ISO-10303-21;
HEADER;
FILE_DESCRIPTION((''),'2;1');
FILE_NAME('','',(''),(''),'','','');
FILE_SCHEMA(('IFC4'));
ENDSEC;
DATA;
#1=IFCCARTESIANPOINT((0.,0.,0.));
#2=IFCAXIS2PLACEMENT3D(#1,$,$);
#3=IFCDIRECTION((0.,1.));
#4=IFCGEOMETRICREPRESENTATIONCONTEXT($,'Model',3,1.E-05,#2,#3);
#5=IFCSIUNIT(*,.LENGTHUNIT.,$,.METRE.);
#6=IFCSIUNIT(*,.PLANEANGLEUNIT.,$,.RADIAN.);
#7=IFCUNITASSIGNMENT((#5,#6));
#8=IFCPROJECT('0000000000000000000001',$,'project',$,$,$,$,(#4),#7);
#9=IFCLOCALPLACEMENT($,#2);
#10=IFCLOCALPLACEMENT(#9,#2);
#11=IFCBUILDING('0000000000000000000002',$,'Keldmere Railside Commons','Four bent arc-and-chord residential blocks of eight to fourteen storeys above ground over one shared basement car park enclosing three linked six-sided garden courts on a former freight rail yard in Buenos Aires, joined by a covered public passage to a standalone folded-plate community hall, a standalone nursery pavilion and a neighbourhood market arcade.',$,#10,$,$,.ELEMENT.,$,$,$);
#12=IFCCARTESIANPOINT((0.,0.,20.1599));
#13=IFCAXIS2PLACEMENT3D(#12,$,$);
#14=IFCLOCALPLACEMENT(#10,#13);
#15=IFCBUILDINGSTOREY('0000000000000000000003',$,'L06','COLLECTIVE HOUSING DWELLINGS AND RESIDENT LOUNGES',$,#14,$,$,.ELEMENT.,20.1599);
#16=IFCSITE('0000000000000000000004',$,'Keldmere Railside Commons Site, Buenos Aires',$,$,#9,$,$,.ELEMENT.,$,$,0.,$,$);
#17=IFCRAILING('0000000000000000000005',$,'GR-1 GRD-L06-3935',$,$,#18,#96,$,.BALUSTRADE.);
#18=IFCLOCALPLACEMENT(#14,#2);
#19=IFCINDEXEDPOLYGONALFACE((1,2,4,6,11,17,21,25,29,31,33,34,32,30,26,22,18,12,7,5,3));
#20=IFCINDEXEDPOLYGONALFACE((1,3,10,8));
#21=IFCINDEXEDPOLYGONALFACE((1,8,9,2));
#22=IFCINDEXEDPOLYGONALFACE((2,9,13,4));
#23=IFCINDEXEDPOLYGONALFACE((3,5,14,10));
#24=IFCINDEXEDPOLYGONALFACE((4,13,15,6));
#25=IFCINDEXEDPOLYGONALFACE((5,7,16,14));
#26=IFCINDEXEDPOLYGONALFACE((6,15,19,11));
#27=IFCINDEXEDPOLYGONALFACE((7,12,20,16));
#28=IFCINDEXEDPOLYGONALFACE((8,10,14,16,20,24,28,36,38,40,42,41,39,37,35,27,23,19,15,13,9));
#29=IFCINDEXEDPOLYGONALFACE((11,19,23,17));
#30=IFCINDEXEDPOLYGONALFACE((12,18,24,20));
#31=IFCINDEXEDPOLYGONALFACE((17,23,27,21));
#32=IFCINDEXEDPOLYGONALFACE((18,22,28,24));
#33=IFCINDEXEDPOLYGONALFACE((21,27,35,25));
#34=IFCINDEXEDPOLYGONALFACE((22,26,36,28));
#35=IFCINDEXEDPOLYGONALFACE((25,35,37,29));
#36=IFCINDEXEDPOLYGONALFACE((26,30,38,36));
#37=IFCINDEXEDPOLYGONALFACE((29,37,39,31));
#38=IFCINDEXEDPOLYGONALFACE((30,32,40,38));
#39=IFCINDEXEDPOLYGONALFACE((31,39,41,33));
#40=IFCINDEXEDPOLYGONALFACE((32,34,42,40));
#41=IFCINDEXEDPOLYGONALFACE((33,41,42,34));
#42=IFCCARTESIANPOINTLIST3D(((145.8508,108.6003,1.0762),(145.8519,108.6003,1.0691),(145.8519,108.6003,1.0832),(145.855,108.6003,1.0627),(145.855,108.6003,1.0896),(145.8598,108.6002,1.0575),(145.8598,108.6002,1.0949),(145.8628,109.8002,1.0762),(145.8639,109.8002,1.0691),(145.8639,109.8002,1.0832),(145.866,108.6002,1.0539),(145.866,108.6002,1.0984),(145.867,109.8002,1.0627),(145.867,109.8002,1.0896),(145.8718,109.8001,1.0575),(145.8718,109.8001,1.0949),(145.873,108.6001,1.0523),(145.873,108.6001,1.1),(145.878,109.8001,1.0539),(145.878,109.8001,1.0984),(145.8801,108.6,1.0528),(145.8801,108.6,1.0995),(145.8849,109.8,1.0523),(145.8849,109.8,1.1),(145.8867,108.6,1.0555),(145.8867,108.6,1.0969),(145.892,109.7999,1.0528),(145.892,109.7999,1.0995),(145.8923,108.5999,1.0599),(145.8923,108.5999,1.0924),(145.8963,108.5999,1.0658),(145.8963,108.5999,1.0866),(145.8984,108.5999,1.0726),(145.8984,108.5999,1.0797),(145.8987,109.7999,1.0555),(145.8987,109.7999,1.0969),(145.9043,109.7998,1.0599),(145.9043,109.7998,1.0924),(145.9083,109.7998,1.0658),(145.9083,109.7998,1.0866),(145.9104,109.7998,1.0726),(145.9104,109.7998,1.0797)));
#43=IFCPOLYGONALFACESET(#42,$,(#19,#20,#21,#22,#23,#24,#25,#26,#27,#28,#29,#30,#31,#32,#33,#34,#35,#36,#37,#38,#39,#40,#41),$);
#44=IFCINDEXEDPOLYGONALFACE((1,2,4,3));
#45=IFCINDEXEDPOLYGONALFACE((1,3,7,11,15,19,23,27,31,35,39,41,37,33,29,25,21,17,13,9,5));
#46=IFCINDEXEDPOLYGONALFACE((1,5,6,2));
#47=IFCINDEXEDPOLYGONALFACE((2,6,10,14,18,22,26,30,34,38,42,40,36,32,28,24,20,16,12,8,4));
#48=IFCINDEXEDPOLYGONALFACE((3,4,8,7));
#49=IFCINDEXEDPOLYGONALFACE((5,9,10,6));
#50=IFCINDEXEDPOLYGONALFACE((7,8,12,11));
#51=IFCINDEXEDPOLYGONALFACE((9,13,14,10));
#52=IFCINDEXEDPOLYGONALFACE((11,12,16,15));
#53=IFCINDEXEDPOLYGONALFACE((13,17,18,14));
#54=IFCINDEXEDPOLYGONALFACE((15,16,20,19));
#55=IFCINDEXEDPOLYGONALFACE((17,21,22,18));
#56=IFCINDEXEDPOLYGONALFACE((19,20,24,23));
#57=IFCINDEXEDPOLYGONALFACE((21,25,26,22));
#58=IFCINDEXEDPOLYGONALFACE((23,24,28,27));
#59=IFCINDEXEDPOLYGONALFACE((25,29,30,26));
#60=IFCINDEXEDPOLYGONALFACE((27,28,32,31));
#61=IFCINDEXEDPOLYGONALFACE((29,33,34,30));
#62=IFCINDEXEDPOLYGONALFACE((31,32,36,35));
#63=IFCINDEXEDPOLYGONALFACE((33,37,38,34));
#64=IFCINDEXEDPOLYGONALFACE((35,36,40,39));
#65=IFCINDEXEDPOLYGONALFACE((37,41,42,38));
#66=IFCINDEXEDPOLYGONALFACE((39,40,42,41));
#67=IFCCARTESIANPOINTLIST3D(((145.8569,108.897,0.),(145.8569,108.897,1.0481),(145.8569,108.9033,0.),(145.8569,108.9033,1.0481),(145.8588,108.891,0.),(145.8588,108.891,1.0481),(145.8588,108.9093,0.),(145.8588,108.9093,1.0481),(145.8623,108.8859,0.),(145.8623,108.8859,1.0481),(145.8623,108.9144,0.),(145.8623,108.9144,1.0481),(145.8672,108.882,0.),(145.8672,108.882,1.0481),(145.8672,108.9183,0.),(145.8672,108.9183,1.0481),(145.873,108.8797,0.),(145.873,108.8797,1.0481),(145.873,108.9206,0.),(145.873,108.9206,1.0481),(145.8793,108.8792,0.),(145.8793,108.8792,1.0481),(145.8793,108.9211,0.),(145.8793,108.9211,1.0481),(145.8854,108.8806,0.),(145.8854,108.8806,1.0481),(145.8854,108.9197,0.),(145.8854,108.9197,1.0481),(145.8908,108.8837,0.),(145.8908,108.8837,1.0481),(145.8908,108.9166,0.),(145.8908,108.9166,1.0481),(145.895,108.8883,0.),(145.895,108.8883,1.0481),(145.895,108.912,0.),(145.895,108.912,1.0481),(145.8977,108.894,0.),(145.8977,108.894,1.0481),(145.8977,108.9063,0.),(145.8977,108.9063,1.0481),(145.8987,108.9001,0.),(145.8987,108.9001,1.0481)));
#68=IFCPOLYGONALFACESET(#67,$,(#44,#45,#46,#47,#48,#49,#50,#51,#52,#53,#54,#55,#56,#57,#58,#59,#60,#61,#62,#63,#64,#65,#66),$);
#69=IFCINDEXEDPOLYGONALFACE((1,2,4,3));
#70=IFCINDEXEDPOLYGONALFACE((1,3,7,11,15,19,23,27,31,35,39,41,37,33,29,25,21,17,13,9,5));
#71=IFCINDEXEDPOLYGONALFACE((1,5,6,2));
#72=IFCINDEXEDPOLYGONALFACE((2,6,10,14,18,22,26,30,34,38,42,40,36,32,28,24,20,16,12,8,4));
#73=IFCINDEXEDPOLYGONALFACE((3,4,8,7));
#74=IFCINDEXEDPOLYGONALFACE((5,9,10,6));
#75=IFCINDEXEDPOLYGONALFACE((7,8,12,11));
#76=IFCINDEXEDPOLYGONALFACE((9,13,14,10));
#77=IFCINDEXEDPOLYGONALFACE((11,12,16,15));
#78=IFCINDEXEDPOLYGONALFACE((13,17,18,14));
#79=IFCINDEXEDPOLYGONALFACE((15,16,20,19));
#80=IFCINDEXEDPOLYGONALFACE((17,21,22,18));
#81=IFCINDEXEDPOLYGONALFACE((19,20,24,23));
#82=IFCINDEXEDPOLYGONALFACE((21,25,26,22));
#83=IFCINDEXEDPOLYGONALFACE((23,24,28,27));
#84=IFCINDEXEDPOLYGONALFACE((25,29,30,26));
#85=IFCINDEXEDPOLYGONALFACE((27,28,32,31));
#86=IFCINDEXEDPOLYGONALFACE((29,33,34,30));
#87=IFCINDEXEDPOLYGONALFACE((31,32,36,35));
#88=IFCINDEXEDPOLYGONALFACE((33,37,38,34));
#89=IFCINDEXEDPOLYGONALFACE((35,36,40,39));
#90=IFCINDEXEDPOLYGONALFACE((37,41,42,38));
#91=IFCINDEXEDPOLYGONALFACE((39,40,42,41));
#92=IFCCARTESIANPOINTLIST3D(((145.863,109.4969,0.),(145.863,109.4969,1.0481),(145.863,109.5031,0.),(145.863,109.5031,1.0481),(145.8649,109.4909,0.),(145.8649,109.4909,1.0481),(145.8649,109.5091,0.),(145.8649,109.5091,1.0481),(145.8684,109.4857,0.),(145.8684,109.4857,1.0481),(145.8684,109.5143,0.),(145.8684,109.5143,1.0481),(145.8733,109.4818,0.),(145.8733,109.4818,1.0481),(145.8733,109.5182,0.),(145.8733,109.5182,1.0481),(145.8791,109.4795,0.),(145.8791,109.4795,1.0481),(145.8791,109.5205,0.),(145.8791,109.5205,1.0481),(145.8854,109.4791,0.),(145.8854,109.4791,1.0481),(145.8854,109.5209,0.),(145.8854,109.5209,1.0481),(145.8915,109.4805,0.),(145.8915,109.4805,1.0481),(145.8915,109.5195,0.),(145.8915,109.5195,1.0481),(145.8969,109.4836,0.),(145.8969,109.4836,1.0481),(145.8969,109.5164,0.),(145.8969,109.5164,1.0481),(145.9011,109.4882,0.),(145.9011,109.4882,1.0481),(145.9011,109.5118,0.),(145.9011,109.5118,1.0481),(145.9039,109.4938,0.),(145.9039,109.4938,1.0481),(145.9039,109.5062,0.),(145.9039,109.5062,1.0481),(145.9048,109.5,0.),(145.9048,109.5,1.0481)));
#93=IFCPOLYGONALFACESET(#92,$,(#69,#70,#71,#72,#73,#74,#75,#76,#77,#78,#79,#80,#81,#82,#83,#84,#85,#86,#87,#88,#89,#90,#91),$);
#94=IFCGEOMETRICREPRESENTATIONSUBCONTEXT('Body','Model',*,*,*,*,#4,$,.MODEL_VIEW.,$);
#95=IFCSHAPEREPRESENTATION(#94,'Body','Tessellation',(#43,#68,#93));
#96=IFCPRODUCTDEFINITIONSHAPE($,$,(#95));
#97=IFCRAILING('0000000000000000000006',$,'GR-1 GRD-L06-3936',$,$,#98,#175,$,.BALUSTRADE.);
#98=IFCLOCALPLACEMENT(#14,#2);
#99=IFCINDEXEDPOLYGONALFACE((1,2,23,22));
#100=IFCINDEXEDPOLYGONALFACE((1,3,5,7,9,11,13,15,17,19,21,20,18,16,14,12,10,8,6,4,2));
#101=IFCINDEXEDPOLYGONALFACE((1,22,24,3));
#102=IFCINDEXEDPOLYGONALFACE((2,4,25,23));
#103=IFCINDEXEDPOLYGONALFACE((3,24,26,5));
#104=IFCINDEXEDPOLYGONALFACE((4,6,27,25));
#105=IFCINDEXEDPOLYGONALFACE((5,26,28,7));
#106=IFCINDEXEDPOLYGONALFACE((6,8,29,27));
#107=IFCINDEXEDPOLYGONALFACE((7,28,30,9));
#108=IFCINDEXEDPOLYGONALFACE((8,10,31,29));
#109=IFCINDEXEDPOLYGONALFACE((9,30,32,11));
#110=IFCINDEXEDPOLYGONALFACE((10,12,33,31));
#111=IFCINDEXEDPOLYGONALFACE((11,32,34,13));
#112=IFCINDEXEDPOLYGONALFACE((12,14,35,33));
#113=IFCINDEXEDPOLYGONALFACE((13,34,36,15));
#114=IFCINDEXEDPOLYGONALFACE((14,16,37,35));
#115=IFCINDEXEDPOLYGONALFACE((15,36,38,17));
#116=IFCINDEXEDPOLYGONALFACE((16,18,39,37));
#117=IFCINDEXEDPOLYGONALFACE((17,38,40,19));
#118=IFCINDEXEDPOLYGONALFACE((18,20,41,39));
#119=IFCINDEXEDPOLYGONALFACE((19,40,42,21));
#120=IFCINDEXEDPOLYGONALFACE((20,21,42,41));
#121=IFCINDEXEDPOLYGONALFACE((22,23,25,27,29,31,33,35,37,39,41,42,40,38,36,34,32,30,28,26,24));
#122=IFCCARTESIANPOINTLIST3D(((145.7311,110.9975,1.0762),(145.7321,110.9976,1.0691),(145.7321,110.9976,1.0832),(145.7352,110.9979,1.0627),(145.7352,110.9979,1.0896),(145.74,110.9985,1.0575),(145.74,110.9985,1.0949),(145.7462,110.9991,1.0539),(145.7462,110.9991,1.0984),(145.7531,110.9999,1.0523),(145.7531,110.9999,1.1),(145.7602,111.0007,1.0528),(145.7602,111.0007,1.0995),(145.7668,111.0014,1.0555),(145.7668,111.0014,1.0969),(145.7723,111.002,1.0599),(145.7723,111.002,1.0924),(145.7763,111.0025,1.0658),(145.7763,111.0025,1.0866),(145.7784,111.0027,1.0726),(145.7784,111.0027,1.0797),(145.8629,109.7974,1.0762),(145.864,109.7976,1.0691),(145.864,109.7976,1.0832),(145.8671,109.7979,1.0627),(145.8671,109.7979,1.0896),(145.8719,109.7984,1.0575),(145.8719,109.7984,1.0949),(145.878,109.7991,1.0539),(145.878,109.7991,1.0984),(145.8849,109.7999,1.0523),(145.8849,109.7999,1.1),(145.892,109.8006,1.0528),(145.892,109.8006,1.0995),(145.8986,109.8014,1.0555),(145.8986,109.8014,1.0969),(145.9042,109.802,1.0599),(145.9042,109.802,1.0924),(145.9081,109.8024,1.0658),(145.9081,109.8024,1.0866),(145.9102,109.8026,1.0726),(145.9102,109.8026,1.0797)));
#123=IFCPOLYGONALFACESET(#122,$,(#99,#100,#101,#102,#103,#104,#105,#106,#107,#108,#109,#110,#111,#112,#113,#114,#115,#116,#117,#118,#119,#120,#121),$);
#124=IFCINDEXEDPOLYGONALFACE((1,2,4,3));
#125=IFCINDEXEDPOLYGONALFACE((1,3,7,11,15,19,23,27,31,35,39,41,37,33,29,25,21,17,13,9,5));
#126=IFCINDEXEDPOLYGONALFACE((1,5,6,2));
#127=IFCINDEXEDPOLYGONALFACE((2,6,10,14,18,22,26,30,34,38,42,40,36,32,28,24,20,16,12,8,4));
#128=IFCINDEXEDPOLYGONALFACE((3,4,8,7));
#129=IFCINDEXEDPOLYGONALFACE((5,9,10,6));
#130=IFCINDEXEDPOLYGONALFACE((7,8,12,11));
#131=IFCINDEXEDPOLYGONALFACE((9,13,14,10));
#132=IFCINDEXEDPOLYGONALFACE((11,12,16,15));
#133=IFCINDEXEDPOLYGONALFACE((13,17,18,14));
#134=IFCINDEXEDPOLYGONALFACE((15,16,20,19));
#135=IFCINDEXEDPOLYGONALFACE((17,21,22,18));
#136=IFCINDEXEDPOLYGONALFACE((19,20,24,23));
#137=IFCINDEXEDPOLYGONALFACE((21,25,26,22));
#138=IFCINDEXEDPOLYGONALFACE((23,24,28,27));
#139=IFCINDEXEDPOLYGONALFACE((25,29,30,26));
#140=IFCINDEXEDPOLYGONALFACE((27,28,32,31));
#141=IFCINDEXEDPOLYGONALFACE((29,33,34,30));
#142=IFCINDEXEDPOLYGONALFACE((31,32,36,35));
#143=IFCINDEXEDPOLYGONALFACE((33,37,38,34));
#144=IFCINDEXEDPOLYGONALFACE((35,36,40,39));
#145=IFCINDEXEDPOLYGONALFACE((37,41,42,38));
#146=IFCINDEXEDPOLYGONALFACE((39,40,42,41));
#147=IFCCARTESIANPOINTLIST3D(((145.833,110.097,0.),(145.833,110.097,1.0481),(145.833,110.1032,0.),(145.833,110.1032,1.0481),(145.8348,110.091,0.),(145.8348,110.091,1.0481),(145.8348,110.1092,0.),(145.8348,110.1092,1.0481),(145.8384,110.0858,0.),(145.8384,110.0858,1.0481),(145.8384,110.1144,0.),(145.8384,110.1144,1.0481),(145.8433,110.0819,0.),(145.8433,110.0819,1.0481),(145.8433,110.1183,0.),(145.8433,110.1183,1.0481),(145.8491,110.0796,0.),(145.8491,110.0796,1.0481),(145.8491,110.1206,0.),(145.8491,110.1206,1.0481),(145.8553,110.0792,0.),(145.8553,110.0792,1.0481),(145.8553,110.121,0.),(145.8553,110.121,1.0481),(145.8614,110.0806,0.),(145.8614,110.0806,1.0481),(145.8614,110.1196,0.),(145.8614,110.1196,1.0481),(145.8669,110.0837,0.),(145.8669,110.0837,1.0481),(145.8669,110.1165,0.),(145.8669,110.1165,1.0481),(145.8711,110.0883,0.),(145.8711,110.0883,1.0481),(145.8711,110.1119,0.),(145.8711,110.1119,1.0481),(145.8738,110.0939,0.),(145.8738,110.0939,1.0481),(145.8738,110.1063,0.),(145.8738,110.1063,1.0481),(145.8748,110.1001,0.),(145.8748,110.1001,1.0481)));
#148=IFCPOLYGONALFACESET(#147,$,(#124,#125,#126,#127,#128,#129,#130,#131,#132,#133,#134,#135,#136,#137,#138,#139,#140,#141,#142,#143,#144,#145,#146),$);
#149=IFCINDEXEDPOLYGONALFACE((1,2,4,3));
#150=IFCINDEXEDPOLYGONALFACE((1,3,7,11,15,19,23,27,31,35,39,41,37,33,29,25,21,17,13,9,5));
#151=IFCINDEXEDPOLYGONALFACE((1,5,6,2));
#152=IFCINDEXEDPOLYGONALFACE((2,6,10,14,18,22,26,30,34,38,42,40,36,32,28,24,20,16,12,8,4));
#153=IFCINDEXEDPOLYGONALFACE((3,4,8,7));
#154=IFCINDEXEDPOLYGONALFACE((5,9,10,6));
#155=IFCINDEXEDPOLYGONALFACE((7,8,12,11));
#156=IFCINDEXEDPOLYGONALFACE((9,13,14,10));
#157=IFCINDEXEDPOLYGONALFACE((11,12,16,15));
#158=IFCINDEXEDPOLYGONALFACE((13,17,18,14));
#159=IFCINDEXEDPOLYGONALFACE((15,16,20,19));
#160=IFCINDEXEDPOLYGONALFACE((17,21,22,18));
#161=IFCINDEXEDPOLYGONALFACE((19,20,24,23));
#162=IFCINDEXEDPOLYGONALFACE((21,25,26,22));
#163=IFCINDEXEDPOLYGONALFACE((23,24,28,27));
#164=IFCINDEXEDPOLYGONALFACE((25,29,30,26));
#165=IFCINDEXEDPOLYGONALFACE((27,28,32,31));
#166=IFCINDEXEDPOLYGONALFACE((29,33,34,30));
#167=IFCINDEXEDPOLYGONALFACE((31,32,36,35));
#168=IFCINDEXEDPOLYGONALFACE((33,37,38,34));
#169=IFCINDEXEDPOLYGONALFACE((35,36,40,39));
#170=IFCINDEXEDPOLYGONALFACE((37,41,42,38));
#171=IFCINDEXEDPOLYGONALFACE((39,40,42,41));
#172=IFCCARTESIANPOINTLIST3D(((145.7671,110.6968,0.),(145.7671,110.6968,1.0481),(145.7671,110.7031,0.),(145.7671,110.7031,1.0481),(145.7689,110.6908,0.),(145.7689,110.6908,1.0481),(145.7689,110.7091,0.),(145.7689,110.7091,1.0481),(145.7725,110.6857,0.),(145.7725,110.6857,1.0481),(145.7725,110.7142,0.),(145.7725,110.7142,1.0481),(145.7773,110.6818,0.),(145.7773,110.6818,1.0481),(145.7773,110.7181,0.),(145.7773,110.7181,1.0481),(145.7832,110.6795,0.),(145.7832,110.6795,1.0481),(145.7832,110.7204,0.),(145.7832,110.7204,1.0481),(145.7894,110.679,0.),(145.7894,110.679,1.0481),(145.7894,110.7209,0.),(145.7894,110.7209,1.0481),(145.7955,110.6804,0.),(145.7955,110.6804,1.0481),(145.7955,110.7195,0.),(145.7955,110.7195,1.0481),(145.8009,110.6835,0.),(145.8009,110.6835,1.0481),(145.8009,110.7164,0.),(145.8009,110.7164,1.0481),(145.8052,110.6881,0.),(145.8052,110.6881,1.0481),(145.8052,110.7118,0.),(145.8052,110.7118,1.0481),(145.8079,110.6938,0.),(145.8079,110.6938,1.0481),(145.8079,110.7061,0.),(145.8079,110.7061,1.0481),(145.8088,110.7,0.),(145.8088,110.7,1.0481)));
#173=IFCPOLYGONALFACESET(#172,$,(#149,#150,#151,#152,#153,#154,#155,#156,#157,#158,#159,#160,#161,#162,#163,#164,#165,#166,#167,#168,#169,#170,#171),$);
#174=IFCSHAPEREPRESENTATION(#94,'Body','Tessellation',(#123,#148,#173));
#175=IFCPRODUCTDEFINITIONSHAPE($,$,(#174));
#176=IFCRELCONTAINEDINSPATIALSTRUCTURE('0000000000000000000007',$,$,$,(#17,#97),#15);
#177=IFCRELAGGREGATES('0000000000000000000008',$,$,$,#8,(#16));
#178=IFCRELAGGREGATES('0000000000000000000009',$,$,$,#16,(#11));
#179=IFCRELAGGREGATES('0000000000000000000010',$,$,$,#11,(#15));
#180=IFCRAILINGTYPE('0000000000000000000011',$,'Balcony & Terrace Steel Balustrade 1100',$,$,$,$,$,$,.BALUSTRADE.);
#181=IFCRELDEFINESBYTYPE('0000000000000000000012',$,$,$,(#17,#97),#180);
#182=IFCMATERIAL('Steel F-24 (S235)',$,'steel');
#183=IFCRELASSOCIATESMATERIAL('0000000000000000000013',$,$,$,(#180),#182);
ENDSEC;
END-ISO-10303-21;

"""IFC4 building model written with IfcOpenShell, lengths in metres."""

from ifc_helpers import new_model, si_unit, direction, frame, origin, origin_2d, place, context, subcontext, project, spatial, circle, extrude, material, type_object, element, save


model = new_model("IFC4")

# Units and contexts
model_context = context("Model", 3, precision=1e-05, world=origin(), true_north=direction((0.0, 1.0)))
body_context = subcontext(model_context, "Body", "Model", "MODEL_VIEW")
ifc_project = project(units=[si_unit("LENGTHUNIT", "METRE"), si_unit("PLANEANGLEUNIT", "RADIAN")], contexts=[model_context])

# Site, building, storey
site_placement = place(None, origin())
site = spatial("IfcSite", under=ifc_project, at=site_placement, Name="Keldmere Railside Commons Site, Buenos Aires", CompositionType="ELEMENT", RefElevation=0.0)
building_placement = place(site_placement, origin())
building = spatial("IfcBuilding", under=site, at=building_placement, Name="Keldmere Railside Commons", Description="Four bent arc-and-chord residential blocks of eight to fourteen storeys above ground over one shared basement car park enclosing three linked six-sided garden courts on a former freight rail yard in Buenos Aires, joined by a covered public passage to a standalone folded-plate community hall, a standalone nursery pavilion and a neighbourhood market arcade.", CompositionType="ELEMENT")
storey_placement = place(building_placement, frame((0.0, 0.0, 20.1599)))
storey = spatial("IfcBuildingStorey", under=building, at=storey_placement, Name="L06", Description="COLLECTIVE HOUSING DWELLINGS AND RESIDENT LOUNGES", CompositionType="ELEMENT", Elevation=20.1599)

# Railings
ifc_material_1 = material(Name="Steel F-24 (S235)", Category="steel")
railing_type = type_object("IfcRailingType", Name="Balcony & Terrace Steel Balustrade 1100", PredefinedType="BALUSTRADE", material=ifc_material_1)
railing_1_placement = place(storey_placement, frame((145.8748, 108.6001, 0.0)))
element("IfcRailing", 1, at=railing_1_placement, inside=storey, type_object=railing_type, Name="GR-1 GRD-L06-3935", PredefinedType="BALUSTRADE", context=body_context, shape_type="SweptSolid", body=[
    extrude(circle(Radius=0.0239, at=origin_2d()), frame((0.0, 0.0, 1.0762), z_axis=(0.009969, 0.99995, 0.0), x_axis=(-0.99995, 0.009969, 0.0)), (0.0, 0.0, 1.0), 1.2),
    extrude(circle(Radius=0.021, at=origin_2d()), frame((0.0029, 0.3, 0.0)), (0.0, 0.0, 1.0), 1.0481),
    extrude(circle(Radius=0.021, at=origin_2d()), frame((0.009, 0.8999, 0.0)), (0.0, 0.0, 1.0), 1.0481),
])
railing_2_placement = place(storey_placement, frame((145.8867, 109.8, 0.0)))
element("IfcRailing", 2, at=railing_2_placement, inside=storey, type_object=railing_type, Name="GR-1 GRD-L06-3936", PredefinedType="BALUSTRADE", context=body_context, shape_type="SweptSolid", body=[
    extrude(circle(Radius=0.0239, at=origin_2d()), frame((0.0, 0.0, 1.0762), z_axis=(-0.109211, 0.994019, 0.0), x_axis=(-0.994019, -0.109211, 0.0)), (0.0, 0.0, 1.0), 1.2073),
    extrude(circle(Radius=0.021, at=origin_2d()), frame((-0.033, 0.3, 0.0)), (0.0, 0.0, 1.0), 1.0481),
    extrude(circle(Radius=0.021, at=origin_2d()), frame((-0.0989, 0.8999, 0.0)), (0.0, 0.0, 1.0), 1.0481),
])

save(model, "model.ifc")
